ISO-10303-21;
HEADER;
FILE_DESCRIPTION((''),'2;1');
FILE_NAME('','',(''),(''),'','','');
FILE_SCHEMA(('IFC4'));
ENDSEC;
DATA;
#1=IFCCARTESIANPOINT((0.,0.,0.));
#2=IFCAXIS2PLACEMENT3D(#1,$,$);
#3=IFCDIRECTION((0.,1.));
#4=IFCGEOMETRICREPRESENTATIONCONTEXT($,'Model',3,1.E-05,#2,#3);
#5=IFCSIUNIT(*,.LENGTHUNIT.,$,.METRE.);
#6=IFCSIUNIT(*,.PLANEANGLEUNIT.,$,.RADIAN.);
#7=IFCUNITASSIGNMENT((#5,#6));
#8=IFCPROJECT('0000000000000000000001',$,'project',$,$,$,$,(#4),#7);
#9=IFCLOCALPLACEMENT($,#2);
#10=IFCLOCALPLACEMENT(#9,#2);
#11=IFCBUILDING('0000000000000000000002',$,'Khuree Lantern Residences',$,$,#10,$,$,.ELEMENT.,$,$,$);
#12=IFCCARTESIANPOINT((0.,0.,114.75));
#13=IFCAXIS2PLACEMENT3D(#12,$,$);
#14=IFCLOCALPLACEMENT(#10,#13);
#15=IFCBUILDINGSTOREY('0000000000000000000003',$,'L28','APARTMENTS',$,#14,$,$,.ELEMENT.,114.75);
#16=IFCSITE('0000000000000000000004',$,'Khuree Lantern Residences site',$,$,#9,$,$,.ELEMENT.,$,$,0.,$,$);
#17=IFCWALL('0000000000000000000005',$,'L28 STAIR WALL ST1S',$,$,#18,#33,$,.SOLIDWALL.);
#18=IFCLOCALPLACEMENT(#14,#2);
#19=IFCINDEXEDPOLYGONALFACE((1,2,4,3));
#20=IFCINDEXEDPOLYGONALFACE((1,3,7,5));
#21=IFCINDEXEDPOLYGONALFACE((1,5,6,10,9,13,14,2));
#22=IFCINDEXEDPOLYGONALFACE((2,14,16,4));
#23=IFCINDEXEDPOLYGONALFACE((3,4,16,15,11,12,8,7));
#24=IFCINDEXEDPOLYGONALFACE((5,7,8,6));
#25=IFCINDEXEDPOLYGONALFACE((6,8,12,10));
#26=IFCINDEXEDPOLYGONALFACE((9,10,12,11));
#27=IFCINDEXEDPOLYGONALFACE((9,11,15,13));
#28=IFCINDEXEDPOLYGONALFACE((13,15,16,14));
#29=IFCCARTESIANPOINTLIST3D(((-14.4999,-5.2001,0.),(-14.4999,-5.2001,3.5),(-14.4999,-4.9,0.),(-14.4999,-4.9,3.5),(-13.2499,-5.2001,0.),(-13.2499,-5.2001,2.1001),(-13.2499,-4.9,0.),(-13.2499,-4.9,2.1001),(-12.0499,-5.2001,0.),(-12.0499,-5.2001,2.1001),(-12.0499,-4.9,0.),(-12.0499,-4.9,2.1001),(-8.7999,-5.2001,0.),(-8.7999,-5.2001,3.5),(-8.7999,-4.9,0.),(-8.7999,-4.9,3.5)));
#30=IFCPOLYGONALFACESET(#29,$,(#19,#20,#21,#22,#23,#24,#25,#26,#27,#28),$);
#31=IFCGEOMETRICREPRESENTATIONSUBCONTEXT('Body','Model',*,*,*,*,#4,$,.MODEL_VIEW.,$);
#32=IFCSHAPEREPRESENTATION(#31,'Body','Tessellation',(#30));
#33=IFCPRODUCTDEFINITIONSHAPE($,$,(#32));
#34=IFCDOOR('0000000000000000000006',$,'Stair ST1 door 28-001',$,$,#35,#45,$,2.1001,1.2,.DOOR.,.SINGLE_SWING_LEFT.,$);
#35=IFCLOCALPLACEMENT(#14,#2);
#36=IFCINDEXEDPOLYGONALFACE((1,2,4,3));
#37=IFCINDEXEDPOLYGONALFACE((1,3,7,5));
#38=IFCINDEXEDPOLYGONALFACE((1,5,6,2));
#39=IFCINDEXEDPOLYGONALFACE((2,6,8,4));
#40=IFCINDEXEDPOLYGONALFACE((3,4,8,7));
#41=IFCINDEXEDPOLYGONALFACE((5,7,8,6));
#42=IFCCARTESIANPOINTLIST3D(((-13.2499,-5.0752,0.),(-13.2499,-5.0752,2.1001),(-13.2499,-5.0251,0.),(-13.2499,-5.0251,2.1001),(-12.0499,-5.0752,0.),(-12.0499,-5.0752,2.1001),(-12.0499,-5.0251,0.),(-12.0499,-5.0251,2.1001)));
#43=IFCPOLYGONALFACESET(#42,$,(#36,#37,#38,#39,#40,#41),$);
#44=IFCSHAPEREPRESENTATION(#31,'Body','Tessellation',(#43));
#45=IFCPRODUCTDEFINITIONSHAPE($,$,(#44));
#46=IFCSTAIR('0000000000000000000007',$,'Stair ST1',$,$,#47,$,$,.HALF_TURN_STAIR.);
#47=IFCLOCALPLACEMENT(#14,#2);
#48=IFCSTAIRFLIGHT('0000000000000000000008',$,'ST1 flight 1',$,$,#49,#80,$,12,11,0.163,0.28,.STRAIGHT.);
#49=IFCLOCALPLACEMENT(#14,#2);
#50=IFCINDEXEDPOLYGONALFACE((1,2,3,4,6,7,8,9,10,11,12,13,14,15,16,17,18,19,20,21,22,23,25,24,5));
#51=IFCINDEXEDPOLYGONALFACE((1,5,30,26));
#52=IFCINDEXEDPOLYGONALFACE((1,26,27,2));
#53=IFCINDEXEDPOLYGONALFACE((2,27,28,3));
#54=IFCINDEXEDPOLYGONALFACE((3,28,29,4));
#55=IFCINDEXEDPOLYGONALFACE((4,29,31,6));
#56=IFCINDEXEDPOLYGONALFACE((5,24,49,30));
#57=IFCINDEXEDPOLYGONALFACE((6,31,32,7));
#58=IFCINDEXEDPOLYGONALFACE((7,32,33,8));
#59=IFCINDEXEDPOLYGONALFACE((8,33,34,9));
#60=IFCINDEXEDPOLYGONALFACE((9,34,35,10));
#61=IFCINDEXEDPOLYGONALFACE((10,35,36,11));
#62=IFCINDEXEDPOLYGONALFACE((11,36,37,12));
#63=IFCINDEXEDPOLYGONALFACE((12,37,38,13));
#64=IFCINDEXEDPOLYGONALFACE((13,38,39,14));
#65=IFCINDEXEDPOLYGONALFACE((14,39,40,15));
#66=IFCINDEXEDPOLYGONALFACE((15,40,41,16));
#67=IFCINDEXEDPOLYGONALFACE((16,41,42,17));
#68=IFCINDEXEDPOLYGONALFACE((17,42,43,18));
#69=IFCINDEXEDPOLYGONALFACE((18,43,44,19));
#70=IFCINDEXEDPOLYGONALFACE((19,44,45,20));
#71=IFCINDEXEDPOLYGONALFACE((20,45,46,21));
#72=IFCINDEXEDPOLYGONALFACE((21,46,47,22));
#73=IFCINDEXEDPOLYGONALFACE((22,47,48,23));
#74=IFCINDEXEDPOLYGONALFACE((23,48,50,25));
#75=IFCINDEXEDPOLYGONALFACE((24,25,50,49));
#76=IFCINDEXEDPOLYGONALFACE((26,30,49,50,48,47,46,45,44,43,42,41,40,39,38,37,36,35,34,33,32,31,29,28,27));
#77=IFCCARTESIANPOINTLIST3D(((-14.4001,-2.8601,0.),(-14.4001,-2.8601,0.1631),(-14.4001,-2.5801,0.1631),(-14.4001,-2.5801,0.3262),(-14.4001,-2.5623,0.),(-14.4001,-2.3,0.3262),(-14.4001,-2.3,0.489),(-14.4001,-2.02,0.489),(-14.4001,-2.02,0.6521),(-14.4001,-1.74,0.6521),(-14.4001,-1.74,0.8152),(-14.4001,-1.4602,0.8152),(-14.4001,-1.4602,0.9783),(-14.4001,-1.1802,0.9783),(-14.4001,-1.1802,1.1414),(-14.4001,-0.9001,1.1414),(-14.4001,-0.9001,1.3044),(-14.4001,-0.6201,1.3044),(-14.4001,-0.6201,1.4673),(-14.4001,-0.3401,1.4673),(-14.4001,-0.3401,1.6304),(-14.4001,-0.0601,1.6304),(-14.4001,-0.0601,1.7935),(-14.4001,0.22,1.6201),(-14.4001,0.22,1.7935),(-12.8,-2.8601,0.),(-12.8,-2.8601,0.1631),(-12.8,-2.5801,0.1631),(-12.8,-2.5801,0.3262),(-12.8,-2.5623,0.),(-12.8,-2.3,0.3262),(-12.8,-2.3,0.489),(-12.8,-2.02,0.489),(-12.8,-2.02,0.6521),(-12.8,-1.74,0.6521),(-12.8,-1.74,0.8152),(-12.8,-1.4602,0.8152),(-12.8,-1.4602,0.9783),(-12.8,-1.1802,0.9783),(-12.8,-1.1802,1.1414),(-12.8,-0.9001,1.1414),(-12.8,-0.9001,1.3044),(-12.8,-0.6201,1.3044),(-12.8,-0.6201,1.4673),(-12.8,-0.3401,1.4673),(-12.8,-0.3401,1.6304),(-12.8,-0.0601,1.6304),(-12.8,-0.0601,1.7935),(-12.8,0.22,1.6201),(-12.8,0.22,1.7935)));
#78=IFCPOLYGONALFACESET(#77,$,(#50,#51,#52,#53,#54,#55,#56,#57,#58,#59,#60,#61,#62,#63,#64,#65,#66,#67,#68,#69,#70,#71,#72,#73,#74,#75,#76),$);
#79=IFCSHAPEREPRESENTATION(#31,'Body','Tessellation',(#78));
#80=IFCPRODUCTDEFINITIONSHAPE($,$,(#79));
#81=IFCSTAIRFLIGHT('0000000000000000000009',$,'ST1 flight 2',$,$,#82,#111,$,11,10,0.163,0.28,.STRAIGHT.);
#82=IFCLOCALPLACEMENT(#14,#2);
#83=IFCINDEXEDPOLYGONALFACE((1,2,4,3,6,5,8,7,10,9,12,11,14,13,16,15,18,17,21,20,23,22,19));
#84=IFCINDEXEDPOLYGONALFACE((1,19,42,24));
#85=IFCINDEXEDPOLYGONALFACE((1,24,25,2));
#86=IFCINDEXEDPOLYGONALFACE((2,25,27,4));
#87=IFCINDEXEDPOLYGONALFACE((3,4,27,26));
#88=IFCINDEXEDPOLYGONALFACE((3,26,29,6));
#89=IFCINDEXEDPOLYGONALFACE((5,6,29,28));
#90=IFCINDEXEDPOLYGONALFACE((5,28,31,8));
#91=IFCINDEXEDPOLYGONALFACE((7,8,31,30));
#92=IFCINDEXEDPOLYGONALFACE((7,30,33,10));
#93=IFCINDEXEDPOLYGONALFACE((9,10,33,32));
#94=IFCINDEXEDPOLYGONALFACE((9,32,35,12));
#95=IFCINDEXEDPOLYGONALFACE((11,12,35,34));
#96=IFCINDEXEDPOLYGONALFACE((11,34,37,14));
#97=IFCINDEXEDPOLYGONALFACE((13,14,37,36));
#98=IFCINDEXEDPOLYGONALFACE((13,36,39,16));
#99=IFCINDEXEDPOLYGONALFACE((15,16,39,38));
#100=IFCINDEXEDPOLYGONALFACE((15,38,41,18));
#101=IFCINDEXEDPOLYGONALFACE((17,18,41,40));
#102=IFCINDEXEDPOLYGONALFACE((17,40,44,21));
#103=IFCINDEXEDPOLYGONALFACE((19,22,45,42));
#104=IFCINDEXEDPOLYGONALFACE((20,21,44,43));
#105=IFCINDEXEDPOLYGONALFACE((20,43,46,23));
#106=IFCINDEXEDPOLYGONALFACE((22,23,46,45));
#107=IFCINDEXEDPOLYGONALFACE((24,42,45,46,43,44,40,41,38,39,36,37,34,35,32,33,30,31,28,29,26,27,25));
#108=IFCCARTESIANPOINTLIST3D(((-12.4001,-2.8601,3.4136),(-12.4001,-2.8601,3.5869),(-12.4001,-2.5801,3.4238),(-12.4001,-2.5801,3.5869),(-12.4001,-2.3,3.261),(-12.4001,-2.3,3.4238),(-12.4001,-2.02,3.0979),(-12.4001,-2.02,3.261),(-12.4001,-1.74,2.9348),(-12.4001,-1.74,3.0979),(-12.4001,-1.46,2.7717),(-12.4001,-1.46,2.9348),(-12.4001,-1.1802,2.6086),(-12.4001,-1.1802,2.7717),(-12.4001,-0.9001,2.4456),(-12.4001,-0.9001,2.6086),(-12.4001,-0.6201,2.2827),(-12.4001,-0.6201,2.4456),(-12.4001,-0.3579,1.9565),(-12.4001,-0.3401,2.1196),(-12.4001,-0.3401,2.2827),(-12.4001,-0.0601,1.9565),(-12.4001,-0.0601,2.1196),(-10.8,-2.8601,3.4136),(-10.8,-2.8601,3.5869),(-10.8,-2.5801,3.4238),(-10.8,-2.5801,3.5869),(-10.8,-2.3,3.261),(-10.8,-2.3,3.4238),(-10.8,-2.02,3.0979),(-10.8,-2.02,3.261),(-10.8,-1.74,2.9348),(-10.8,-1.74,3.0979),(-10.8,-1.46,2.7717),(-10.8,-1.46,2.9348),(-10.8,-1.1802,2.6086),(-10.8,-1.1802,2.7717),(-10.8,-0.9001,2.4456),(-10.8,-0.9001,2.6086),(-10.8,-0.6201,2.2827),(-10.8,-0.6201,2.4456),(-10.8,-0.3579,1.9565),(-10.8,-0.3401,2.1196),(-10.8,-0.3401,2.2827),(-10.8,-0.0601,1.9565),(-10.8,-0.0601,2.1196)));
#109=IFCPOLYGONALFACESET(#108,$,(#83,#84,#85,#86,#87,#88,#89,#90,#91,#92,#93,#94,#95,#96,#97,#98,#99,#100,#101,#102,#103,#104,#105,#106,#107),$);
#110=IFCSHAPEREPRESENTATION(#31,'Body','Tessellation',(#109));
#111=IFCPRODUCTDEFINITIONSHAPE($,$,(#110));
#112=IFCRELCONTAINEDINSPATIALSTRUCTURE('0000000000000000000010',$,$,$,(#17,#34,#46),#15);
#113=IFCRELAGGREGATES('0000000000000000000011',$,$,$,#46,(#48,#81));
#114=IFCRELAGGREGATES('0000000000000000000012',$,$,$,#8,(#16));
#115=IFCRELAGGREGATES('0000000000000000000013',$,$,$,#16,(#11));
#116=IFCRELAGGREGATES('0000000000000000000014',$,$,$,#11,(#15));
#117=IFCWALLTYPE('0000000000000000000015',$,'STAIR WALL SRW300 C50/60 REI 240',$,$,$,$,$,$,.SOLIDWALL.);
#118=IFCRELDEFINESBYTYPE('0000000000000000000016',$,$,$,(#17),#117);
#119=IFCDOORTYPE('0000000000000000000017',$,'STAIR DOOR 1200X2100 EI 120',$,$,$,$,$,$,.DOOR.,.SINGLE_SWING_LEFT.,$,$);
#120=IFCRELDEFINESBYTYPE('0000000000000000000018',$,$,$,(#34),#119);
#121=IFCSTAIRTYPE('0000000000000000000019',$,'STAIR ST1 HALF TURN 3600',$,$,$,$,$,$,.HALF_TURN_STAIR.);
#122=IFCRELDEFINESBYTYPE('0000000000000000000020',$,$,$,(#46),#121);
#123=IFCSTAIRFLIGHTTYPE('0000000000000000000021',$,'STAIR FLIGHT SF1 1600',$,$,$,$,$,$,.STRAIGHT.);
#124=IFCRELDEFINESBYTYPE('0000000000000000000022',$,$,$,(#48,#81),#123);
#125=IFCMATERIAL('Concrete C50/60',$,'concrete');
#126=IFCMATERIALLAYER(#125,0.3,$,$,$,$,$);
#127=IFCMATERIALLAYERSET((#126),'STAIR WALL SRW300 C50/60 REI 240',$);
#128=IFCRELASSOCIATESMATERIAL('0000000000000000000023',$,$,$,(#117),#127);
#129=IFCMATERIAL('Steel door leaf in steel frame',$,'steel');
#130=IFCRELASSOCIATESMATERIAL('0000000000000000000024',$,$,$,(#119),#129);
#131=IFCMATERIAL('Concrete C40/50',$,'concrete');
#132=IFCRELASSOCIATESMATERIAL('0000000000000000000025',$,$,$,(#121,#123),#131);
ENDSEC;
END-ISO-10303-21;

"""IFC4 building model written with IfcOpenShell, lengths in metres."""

from ifc_helpers import new_model, si_unit, direction, frame, frame_2d, origin, place, context, subcontext, project, spatial, polyline, rectangle, outline, extrude, material, layer, layer_set, type_object, element, fill, aggregate, save


model = new_model("IFC4")

# Units and contexts
model_context = context("Model", 3, precision=1e-05, world=origin(), true_north=direction((0.0, 1.0)))
body_context = subcontext(model_context, "Body", "Model", "MODEL_VIEW")
ifc_project = project(units=[si_unit("LENGTHUNIT", "METRE"), si_unit("PLANEANGLEUNIT", "RADIAN")], contexts=[model_context])

# Site, building, storey
site_placement = place(None, origin())
site = spatial("IfcSite", under=ifc_project, at=site_placement, Name="Khuree Lantern Residences site", CompositionType="ELEMENT", RefElevation=0.0)
building_placement = place(site_placement, origin())
building = spatial("IfcBuilding", under=site, at=building_placement, Name="Khuree Lantern Residences", CompositionType="ELEMENT")
storey_placement = place(building_placement, frame((0.0, 0.0, 114.75)))
storey = spatial("IfcBuildingStorey", under=building, at=storey_placement, Name="L28", Description="APARTMENTS", CompositionType="ELEMENT", Elevation=114.75)

# Shared definitions
ifc_material_1 = material(Name="Steel door leaf in steel frame", Category="steel")

# Shared definitions
ifc_material_2 = material(Name="Concrete C50/60", Category="concrete")
ifc_layer_1 = layer(ifc_material_2, 0.3)
ifc_layer_set_1 = layer_set([ifc_layer_1], Name="STAIR WALL SRW300 C50/60 REI 240")
wall_type_1 = type_object("IfcWallType", Name="STAIR WALL SRW300 C50/60 REI 240", PredefinedType="SOLIDWALL", material=ifc_layer_set_1)

# Wall, opening, door
wall_1_placement = place(storey_placement, frame((-14.5, -5.05, 0.0), z_axis=(0.0, 0.0, 1.0), x_axis=(1.0, 0.0, 0.0)))
wall_1 = element("IfcWall", 1, at=wall_1_placement, inside=storey, type_object=wall_type_1, Name="L28 STAIR WALL ST1S", PredefinedType="SOLIDWALL", context=body_context, shape_type="SweptSolid", body=[
    extrude(rectangle(XDim=5.7, YDim=0.3, at=frame_2d((2.8501, 0.0))), origin(), (0.0, 0.0, 1.0), 3.5),
])
opening_1_placement = place(wall_1_placement, frame((1.25, 0.0, 0.0)))
opening_1 = element("IfcOpeningElement", 2, at=opening_1_placement, cuts=wall_1, PredefinedType="OPENING", context=body_context, shape_type="SweptSolid", body=[
    extrude(rectangle(XDim=1.2, YDim=2.1001, at=frame_2d((0.6001, 1.05))), frame((0.0, 0.1602, 0.0), z_axis=(0.0, -1.0, 0.0), x_axis=(1.0, 0.0, 0.0)), (0.0, 0.0, 1.0), 0.3201),
])
door_type_1 = type_object("IfcDoorType", Name="STAIR DOOR 1200X2100 EI 120", OperationType="SINGLE_SWING_LEFT", PredefinedType="DOOR", material=ifc_material_1)
door_1_placement = place(opening_1_placement, origin())
door_1 = element("IfcDoor", 3, at=door_1_placement, inside=storey, type_object=door_type_1, Name="Stair ST1 door 28-001", OperationType="SINGLE_SWING_LEFT", OverallHeight=2.1001, OverallWidth=1.2, PredefinedType="DOOR", context=body_context, shape_type="SweptSolid", body=[
    extrude(rectangle(XDim=1.2, YDim=2.1001, at=frame_2d((0.6001, 1.05))), frame((0.0, 0.0249, 0.0), z_axis=(0.0, -1.0, 0.0), x_axis=(1.0, 0.0, 0.0)), (0.0, 0.0, 1.0), 0.05),
])
fill(opening_1, door_1)

# Stair, stair flights
ifc_material_3 = material(Name="Concrete C40/50", Category="concrete")
stair_type = type_object("IfcStairType", Name="STAIR ST1 HALF TURN 3600", PredefinedType="HALF_TURN_STAIR", material=ifc_material_3)
stair_placement = place(storey_placement, origin())
stair = element("IfcStair", 4, at=stair_placement, inside=storey, type_object=stair_type, Name="Stair ST1", PredefinedType="HALF_TURN_STAIR")
stair_flight_type = type_object("IfcStairFlightType", Name="STAIR FLIGHT SF1 1600", PredefinedType="STRAIGHT", material=ifc_material_3)
stair_flight_1_placement = place(storey_placement, frame((-13.6001, -2.8601, 0.0), z_axis=(0.0, 0.0, 1.0), x_axis=(0.0, 1.0, 0.0)))
stair_flight_1 = element("IfcStairFlight", 5, at=stair_flight_1_placement, type_object=stair_flight_type, Name="ST1 flight 1", NumberOfRisers=12, NumberOfTreads=11, PredefinedType="STRAIGHT", RiserHeight=0.163, TreadLength=0.28, context=body_context, shape_type="SweptSolid", body=[
    extrude(outline(polyline([(0.0, 0.0), (0.0, 0.1631), (0.28, 0.1631), (0.28, 0.3262), (0.5601, 0.3262), (0.5601, 0.489), (0.8401, 0.489), (0.8401, 0.6521), (1.1201, 0.6521), (1.1201, 0.8152), (1.3999, 0.8152), (1.3999, 0.9783), (1.6799, 0.9783), (1.6799, 1.1414), (1.96, 1.1414), (1.96, 1.3044), (2.24, 1.3044), (2.24, 1.4673), (2.52, 1.4673), (2.52, 1.6304), (2.8, 1.6304), (2.8, 1.7935), (3.0801, 1.7935), (3.0801, 1.9565), (3.0801, 1.6201), (0.2979, 0.0), (0.0, 0.0)])), frame((0.0, 0.8, 0.0), z_axis=(0.0, -1.0, 0.0), x_axis=(1.0, 0.0, 0.0)), (0.0, 0.0, 1.0), 1.6001),
])
stair_flight_2_placement = place(storey_placement, frame((-11.6001, -0.0601, 1.9565), z_axis=(0.0, 0.0, 1.0), x_axis=(0.0, -1.0, 0.0)))
stair_flight_2 = element("IfcStairFlight", 6, at=stair_flight_2_placement, type_object=stair_flight_type, Name="ST1 flight 2", NumberOfRisers=11, NumberOfTreads=10, PredefinedType="STRAIGHT", RiserHeight=0.163, TreadLength=0.28, context=body_context, shape_type="SweptSolid", body=[
    extrude(outline(polyline([(0.0, 0.0), (0.0, 0.1631), (0.28, 0.1631), (0.28, 0.3262), (0.5601, 0.3262), (0.5601, 0.489), (0.8401, 0.489), (0.8401, 0.6521), (1.1201, 0.6521), (1.1201, 0.8152), (1.3999, 0.8152), (1.3999, 0.9783), (1.6799, 0.9783), (1.6799, 1.1414), (1.96, 1.1414), (1.96, 1.3044), (2.24, 1.3044), (2.24, 1.4673), (2.52, 1.4673), (2.52, 1.6304), (2.8, 1.6304), (2.8, 1.7935), (2.8, 1.457), (0.2979, 0.0), (0.0, 0.0)])), frame((0.0, 0.8, 0.0), z_axis=(0.0, -1.0, 0.0), x_axis=(1.0, 0.0, 0.0)), (0.0, 0.0, 1.0), 1.6001),
])
aggregate(stair, [stair_flight_1, stair_flight_2])

save(model, "model.ifc")
